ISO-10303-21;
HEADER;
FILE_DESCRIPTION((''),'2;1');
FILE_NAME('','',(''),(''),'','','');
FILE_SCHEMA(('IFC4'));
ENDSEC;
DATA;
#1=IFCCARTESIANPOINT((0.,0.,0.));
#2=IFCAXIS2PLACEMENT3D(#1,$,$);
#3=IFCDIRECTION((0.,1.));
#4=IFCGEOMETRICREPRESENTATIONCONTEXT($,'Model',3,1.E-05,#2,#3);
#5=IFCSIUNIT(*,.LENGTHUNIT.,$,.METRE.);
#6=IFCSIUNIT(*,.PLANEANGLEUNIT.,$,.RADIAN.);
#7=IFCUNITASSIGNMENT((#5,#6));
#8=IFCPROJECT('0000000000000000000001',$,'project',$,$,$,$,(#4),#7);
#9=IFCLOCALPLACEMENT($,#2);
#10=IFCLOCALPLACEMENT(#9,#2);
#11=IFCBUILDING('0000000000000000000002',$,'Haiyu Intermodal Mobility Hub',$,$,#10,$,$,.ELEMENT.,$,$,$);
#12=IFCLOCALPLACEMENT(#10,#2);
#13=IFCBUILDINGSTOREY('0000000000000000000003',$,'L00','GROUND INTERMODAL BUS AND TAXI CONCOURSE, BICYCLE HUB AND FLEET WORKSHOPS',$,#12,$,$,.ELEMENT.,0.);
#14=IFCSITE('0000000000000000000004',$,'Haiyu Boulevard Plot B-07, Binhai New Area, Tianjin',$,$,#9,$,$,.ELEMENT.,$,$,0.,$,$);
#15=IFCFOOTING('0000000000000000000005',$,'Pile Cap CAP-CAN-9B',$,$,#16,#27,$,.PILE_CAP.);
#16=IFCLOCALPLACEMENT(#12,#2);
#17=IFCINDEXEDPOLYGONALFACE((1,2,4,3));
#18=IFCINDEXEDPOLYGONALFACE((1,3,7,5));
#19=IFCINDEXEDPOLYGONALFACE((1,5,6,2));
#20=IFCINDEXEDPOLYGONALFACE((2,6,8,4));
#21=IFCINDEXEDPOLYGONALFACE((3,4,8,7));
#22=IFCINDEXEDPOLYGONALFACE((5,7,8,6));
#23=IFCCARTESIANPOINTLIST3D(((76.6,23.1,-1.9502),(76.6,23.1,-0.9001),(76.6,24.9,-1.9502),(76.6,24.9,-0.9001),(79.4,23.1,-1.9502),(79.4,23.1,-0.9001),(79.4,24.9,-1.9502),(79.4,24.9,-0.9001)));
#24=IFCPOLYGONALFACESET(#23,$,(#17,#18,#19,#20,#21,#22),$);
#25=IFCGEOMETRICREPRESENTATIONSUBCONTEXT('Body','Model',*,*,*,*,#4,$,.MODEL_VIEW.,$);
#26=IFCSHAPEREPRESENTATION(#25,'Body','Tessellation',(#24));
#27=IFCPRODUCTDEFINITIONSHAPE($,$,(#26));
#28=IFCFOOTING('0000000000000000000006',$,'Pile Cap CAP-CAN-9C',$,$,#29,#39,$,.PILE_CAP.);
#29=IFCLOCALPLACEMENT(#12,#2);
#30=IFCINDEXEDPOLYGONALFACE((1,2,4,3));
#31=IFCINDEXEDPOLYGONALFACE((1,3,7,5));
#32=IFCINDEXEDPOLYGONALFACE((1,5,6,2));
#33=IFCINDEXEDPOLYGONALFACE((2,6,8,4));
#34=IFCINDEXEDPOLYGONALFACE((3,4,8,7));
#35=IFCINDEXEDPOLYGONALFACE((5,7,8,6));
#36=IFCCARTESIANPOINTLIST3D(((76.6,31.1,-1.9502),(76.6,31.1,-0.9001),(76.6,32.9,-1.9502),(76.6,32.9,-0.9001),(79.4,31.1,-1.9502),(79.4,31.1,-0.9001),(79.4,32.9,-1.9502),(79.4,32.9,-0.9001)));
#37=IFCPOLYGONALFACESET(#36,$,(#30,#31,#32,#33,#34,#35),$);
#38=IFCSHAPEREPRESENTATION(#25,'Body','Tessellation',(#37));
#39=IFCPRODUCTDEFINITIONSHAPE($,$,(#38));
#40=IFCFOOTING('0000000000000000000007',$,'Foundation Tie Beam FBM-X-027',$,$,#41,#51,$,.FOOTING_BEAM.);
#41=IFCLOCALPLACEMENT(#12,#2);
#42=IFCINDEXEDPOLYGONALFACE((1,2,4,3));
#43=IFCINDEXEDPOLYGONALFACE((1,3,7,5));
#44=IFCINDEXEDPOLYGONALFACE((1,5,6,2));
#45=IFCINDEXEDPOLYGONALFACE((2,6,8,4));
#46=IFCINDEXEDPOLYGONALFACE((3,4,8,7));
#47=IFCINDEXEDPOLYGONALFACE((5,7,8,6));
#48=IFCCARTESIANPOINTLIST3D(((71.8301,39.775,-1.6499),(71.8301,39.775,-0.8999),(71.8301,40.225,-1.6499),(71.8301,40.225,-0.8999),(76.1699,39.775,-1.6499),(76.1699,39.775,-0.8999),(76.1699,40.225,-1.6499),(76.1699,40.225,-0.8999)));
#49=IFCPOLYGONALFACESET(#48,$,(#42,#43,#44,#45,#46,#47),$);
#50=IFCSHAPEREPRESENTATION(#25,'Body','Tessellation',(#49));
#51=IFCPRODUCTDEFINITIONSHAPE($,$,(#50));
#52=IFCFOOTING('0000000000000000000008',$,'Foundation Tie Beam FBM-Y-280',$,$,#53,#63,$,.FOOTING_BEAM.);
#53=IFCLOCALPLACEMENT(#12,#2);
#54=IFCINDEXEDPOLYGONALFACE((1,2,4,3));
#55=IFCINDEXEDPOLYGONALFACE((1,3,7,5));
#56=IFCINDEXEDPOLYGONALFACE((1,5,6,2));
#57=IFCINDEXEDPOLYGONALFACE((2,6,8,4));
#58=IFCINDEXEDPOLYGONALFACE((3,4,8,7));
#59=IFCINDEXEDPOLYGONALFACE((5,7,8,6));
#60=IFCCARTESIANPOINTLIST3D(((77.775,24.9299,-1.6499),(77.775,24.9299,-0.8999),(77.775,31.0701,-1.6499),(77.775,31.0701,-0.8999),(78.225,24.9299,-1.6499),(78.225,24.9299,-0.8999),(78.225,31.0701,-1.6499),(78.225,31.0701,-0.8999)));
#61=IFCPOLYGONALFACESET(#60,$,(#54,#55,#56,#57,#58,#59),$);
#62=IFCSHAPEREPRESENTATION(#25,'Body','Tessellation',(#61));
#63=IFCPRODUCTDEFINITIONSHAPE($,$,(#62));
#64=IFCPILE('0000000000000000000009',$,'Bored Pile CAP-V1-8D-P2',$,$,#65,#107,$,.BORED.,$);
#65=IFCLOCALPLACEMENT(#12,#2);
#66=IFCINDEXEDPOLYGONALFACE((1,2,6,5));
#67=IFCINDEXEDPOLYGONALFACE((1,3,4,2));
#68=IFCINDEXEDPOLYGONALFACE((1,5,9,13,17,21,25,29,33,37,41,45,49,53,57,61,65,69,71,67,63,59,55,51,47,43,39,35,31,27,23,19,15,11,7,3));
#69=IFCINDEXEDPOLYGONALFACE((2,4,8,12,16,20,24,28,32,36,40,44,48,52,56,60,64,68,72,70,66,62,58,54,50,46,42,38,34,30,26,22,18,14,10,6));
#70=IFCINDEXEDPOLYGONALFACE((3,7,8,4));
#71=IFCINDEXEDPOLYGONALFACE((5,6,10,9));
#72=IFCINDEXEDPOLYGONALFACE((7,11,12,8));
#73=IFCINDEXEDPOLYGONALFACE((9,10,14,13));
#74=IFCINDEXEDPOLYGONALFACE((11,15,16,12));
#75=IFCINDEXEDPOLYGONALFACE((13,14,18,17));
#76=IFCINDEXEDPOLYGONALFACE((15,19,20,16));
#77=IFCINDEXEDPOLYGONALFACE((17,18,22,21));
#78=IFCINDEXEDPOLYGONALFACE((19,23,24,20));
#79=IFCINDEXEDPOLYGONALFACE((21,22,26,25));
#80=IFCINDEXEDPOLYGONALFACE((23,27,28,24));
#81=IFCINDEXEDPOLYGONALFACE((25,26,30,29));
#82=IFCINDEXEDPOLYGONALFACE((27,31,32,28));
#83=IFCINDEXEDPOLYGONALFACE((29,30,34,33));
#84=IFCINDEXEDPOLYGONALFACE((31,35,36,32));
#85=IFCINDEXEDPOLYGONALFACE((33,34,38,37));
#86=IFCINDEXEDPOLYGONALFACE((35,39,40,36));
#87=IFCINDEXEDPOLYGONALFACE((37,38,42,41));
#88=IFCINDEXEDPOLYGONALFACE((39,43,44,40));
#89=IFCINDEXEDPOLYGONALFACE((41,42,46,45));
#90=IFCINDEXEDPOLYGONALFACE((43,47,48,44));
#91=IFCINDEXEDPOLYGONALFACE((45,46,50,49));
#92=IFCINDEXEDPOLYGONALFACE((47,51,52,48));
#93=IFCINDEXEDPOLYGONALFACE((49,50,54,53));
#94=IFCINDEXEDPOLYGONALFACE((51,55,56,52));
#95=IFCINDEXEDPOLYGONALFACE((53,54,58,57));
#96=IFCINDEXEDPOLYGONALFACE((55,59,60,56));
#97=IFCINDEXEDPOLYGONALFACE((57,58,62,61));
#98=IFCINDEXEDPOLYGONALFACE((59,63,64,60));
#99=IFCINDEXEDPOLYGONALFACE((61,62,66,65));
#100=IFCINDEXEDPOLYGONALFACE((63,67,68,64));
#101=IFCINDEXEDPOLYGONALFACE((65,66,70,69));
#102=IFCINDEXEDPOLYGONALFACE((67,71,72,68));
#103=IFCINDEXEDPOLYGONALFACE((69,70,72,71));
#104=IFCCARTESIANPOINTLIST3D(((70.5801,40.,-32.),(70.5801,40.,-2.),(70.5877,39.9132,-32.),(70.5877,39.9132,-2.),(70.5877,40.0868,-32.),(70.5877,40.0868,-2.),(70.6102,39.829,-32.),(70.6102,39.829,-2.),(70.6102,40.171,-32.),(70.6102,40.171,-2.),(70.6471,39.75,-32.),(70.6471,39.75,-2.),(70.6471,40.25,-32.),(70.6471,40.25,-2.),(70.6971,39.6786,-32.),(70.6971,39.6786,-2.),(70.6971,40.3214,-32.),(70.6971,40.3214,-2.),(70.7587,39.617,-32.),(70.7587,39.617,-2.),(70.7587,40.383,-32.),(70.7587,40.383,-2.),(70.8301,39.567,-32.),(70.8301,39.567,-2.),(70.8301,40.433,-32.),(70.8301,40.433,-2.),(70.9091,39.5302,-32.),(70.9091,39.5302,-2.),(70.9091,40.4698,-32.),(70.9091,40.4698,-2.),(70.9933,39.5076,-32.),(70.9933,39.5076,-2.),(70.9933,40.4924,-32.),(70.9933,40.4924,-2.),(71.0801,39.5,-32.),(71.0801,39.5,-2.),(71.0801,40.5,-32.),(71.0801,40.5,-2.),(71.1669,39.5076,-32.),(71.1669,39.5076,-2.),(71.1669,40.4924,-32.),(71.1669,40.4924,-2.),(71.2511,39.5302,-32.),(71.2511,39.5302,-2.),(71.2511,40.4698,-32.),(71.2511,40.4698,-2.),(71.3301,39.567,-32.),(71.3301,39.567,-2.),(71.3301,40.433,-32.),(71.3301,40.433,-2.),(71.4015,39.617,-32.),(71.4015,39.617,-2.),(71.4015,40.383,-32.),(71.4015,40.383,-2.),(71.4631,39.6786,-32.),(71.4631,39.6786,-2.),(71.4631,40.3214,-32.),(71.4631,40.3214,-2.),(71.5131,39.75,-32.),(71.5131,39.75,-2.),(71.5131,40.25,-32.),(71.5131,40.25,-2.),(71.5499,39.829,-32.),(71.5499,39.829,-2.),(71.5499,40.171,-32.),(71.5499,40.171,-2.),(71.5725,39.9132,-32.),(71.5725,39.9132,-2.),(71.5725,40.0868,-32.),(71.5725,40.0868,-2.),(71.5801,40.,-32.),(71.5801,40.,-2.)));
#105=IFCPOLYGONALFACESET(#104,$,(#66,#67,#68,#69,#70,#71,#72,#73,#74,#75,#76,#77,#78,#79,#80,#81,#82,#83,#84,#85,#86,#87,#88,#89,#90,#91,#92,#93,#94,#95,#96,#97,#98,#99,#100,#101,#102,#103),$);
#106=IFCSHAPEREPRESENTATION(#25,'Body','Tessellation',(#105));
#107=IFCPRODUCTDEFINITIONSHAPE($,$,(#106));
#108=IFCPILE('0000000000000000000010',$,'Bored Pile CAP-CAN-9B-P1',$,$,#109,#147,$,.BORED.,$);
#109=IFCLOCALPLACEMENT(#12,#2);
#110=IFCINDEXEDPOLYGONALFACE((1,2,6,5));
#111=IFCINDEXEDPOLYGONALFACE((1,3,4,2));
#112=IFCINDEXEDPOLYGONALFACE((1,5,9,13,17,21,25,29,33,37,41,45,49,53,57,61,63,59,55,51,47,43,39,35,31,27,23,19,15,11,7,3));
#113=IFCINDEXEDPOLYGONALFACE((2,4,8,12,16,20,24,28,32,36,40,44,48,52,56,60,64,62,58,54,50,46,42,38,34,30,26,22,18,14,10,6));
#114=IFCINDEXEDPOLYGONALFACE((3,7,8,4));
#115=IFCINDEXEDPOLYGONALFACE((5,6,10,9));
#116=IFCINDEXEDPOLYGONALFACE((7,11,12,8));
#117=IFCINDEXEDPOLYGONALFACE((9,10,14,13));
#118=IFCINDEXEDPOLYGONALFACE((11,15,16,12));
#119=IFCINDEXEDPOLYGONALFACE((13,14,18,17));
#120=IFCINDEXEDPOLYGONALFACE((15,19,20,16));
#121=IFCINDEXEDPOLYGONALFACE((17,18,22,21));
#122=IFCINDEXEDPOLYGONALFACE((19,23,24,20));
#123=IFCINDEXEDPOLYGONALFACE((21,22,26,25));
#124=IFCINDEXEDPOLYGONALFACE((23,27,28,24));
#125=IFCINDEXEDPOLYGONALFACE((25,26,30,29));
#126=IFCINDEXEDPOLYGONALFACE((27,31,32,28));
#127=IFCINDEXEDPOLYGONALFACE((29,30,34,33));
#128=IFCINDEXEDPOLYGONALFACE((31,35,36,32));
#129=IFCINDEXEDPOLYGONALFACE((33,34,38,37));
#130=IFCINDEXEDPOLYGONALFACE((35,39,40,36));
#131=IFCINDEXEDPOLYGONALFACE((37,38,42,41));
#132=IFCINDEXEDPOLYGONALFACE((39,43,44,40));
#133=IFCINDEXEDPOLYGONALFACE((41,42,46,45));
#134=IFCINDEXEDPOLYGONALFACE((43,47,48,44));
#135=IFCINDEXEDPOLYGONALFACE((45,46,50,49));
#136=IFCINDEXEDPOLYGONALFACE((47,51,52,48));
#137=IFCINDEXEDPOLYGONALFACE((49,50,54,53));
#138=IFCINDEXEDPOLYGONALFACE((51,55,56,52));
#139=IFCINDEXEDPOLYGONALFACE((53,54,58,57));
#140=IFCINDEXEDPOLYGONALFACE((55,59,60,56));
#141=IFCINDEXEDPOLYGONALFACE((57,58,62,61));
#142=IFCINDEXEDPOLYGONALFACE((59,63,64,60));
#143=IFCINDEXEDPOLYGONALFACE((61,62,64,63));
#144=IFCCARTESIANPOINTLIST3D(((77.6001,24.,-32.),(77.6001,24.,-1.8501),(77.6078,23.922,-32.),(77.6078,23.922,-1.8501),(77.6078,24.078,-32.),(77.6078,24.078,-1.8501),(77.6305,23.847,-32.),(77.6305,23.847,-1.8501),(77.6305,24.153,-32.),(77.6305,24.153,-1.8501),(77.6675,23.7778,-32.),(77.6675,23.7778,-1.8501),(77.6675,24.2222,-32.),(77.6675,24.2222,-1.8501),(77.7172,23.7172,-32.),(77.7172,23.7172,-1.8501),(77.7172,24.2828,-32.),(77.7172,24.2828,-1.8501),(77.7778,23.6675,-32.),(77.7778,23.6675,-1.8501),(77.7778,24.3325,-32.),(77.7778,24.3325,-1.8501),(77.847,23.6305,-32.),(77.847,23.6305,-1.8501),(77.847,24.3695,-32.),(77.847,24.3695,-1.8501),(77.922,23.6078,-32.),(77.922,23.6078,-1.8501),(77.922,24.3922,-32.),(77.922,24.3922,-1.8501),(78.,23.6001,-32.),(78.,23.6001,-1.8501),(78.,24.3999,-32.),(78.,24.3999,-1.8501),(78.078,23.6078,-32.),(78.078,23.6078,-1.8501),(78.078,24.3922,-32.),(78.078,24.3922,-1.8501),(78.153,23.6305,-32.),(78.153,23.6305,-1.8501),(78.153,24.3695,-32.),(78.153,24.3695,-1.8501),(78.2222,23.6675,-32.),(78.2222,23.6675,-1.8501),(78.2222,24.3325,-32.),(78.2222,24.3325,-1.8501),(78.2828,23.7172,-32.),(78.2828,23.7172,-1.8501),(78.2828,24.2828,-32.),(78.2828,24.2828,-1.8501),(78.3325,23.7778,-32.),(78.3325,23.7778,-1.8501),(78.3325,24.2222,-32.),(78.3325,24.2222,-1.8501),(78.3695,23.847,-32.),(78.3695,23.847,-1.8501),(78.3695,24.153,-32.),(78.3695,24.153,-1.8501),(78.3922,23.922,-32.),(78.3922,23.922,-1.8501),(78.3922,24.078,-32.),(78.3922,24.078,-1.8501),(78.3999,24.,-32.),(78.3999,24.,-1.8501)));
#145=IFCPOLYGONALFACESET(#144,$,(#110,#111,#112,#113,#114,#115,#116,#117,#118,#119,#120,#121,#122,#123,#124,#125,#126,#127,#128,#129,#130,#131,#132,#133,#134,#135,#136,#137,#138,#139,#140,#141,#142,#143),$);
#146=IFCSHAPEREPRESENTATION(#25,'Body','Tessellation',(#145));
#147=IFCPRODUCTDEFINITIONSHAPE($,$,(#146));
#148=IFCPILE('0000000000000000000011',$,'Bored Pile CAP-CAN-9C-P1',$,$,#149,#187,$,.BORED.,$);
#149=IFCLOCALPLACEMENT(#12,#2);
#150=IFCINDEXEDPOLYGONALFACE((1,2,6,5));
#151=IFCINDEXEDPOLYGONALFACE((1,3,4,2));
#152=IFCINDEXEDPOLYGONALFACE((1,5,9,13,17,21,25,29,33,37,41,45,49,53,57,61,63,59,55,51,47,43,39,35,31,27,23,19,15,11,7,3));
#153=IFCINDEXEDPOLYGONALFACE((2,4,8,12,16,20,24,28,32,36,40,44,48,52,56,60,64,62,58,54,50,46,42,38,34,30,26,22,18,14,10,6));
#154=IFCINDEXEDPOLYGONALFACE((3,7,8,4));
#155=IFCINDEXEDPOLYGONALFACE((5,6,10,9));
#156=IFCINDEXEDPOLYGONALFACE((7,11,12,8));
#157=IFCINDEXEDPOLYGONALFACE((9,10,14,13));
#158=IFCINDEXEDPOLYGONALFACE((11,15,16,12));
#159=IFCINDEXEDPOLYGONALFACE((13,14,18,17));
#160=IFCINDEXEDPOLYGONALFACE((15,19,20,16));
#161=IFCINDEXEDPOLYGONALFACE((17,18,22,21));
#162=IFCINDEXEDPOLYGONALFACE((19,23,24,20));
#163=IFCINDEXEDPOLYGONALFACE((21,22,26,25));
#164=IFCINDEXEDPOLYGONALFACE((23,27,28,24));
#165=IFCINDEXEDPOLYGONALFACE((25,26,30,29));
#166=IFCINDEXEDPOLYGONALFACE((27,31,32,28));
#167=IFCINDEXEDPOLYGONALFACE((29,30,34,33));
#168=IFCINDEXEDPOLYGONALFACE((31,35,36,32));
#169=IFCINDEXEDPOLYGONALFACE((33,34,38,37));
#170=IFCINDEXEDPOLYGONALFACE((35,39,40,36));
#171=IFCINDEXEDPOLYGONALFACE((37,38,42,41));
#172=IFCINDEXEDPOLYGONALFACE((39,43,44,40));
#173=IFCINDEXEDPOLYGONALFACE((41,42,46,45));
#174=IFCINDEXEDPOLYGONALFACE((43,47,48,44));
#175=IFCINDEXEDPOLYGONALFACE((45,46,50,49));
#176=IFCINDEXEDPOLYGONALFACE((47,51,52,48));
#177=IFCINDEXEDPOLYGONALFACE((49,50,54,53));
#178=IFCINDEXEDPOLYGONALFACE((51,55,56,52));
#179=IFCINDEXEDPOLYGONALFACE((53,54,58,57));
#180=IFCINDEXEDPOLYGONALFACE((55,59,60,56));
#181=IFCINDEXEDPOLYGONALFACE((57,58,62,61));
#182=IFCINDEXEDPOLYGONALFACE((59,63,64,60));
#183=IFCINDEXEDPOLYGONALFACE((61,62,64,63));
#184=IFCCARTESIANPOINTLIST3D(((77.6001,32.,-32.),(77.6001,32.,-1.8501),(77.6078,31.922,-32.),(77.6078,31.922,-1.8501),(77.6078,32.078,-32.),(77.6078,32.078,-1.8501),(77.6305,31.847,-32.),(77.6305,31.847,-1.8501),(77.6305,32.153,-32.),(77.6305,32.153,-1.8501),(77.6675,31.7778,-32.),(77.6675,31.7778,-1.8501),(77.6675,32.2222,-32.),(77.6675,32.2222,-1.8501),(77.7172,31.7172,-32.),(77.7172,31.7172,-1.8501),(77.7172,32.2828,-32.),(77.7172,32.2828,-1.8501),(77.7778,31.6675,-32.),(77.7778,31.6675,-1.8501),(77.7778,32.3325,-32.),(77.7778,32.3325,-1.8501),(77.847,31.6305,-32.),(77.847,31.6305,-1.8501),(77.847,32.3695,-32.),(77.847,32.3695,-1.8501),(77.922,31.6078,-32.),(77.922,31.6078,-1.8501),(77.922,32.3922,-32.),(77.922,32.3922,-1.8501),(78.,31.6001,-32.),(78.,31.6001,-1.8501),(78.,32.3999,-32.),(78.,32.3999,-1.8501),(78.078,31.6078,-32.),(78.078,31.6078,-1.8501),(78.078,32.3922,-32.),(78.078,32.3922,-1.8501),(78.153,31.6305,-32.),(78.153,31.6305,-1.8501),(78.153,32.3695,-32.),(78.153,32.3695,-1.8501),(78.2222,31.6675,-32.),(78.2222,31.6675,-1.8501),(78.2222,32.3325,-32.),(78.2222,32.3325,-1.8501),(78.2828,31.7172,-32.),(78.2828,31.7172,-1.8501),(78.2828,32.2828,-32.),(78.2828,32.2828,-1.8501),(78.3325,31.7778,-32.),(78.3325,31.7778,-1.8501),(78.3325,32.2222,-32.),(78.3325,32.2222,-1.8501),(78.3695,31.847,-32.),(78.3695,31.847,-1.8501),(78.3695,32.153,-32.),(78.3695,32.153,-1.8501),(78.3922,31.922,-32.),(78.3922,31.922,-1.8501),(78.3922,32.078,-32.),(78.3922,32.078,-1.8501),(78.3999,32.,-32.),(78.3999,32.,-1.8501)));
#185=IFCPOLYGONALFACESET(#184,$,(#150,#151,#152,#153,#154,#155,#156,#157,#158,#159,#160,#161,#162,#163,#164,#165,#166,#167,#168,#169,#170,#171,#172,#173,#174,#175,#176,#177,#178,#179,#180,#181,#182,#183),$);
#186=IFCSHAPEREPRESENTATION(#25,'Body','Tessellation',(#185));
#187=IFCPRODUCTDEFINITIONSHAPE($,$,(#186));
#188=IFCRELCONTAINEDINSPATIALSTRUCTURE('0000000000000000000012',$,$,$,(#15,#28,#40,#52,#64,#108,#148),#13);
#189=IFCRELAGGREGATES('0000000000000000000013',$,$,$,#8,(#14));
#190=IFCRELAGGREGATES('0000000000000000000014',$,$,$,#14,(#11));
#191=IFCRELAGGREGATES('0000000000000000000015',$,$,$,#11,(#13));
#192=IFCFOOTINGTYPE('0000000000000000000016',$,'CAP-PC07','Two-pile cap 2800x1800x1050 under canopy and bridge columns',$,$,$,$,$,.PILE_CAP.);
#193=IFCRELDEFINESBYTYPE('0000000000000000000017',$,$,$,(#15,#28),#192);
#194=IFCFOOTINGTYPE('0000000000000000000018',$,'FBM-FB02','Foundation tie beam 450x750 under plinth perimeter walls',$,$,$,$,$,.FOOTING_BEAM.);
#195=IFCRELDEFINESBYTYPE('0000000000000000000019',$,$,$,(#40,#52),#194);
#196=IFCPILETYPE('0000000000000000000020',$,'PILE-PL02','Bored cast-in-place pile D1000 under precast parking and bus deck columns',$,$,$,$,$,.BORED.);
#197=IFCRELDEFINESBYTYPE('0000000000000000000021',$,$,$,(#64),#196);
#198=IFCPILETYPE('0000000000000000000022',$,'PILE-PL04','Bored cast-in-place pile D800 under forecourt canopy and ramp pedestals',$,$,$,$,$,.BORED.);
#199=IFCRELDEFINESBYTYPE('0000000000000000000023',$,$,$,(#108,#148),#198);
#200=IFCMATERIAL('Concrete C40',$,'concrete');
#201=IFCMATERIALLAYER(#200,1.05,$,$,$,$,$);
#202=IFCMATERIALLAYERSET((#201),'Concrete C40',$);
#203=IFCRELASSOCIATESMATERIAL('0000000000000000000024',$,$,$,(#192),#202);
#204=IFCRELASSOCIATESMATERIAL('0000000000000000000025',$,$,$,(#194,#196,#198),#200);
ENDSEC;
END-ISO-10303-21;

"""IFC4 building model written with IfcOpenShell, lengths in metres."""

from ifc_helpers import new_model, si_unit, direction, frame, origin, origin_2d, place, context, subcontext, project, spatial, rectangle, circle, extrude, material, layer, layer_set, material_profile, profile_set, type_object, element, save


model = new_model("IFC4")

# Units and contexts
model_context = context("Model", 3, precision=1e-05, world=origin(), true_north=direction((0.0, 1.0)))
body_context = subcontext(model_context, "Body", "Model", "MODEL_VIEW")
ifc_project = project(units=[si_unit("LENGTHUNIT", "METRE"), si_unit("PLANEANGLEUNIT", "RADIAN")], contexts=[model_context])

# Site, building, storey
site_placement = place(None, origin())
site = spatial("IfcSite", under=ifc_project, at=site_placement, Name="Haiyu Boulevard Plot B-07, Binhai New Area, Tianjin", CompositionType="ELEMENT", RefElevation=0.0)
building_placement = place(site_placement, origin())
building = spatial("IfcBuilding", under=site, at=building_placement, Name="Haiyu Intermodal Mobility Hub", CompositionType="ELEMENT")
storey_placement = place(building_placement, origin())
storey = spatial("IfcBuildingStorey", under=building, at=storey_placement, Name="L00", Description="GROUND INTERMODAL BUS AND TAXI CONCOURSE, BICYCLE HUB AND FLEET WORKSHOPS", CompositionType="ELEMENT", Elevation=0.0)

# Footings
ifc_material_1 = material(Name="Concrete C40", Category="concrete")
ifc_layer_1 = layer(ifc_material_1, 1.05)
ifc_layer_set_1 = layer_set([ifc_layer_1], Name="Concrete C40")
footing_type_1 = type_object("IfcFootingType", Name="CAP-PC07", Description="Two-pile cap 2800x1800x1050 under canopy and bridge columns", PredefinedType="PILE_CAP", material=ifc_layer_set_1)
for number, where, z_axis, x_axis, name in (
    (1, (78.0, 24.0, -1.9502), (0.0, 0.0, 1.0), (1.0, 0.0, 0.0), "Pile Cap CAP-CAN-9B"),
    (2, (78.0, 32.0, -1.9502), (0.0, 0.0, 1.0), (1.0, 0.0, 0.0), "Pile Cap CAP-CAN-9C"),
):
    element("IfcFooting", number, at=place(storey_placement, frame(where, z_axis=z_axis, x_axis=x_axis)), inside=storey, type_object=footing_type_1, Name=name, PredefinedType="PILE_CAP", context=body_context, shape_type="SweptSolid", body=[
        extrude(rectangle(XDim=2.8, YDim=1.8, at=origin_2d()), origin(), (0.0, 0.0, 1.0), 1.05),
    ])
ifc_material_profile_1 = material_profile(ifc_material_1, rectangle(XDim=0.45, YDim=0.75, at=origin_2d()), Name="FB450x750")
ifc_profile_set_1 = profile_set([ifc_material_profile_1], Name="Concrete C40")
footing_type_2 = type_object("IfcFootingType", Name="FBM-FB02", Description="Foundation tie beam 450x750 under plinth perimeter walls", PredefinedType="FOOTING_BEAM", material=ifc_profile_set_1)
footing_1_placement = place(storey_placement, frame((71.8301, 40.0, -1.2749), z_axis=(1.0, 0.0, 0.0), x_axis=(0.0, 1.0, 0.0)))
element("IfcFooting", 3, at=footing_1_placement, inside=storey, type_object=footing_type_2, Name="Foundation Tie Beam FBM-X-027", PredefinedType="FOOTING_BEAM", context=body_context, shape_type="SweptSolid", body=[
    extrude(rectangle(XDim=0.45, YDim=0.75, at=origin_2d()), origin(), (0.0, 0.0, 1.0), 4.3398),
])
footing_2_placement = place(storey_placement, frame((78.0, 24.9299, -1.2749), z_axis=(0.0, 1.0, 0.0), x_axis=(-1.0, 0.0, 0.0)))
element("IfcFooting", 4, at=footing_2_placement, inside=storey, type_object=footing_type_2, Name="Foundation Tie Beam FBM-Y-280", PredefinedType="FOOTING_BEAM", context=body_context, shape_type="SweptSolid", body=[
    extrude(rectangle(XDim=0.45, YDim=0.75, at=origin_2d()), origin(), (0.0, 0.0, 1.0), 6.1401),
])

# Piles
ifc_material_profile_2 = material_profile(ifc_material_1, circle(Radius=0.5, at=origin_2d()), Name="PILE-D1000")
ifc_profile_set_2 = profile_set([ifc_material_profile_2], Name="Concrete C40")
pile_type_1 = type_object("IfcPileType", Name="PILE-PL02", Description="Bored cast-in-place pile D1000 under precast parking and bus deck columns", PredefinedType="BORED", material=ifc_profile_set_2)
pile_placement = place(storey_placement, frame((71.0801, 40.0, -2.0), z_axis=(0.0, 0.0, -1.0), x_axis=(1.0, 0.0, 0.0)))
element("IfcPile", 5, at=pile_placement, inside=storey, type_object=pile_type_1, Name="Bored Pile CAP-V1-8D-P2", PredefinedType="BORED", context=body_context, shape_type="SweptSolid", body=[
    extrude(circle(Radius=0.5, at=origin_2d()), origin(), (0.0, 0.0, 1.0), 30.0),
])
ifc_material_profile_3 = material_profile(ifc_material_1, circle(Radius=0.3999, at=origin_2d()), Name="PILE-D800")
ifc_profile_set_3 = profile_set([ifc_material_profile_3], Name="Concrete C40")
pile_type_2 = type_object("IfcPileType", Name="PILE-PL04", Description="Bored cast-in-place pile D800 under forecourt canopy and ramp pedestals", PredefinedType="BORED", material=ifc_profile_set_3)
for number, where, z_axis, x_axis, name in (
    (6, (78.0, 24.0, -1.8501), (0.0, 0.0, -1.0), (1.0, 0.0, 0.0), "Bored Pile CAP-CAN-9B-P1"),
    (7, (78.0, 32.0, -1.8501), (0.0, 0.0, -1.0), (1.0, 0.0, 0.0), "Bored Pile CAP-CAN-9C-P1"),
):
    element("IfcPile", number, at=place(storey_placement, frame(where, z_axis=z_axis, x_axis=x_axis)), inside=storey, type_object=pile_type_2, Name=name, PredefinedType="BORED", context=body_context, shape_type="SweptSolid", body=[
        extrude(circle(Radius=0.3999, at=origin_2d()), origin(), (0.0, 0.0, 1.0), 30.1499),
    ])

save(model, "model.ifc")
